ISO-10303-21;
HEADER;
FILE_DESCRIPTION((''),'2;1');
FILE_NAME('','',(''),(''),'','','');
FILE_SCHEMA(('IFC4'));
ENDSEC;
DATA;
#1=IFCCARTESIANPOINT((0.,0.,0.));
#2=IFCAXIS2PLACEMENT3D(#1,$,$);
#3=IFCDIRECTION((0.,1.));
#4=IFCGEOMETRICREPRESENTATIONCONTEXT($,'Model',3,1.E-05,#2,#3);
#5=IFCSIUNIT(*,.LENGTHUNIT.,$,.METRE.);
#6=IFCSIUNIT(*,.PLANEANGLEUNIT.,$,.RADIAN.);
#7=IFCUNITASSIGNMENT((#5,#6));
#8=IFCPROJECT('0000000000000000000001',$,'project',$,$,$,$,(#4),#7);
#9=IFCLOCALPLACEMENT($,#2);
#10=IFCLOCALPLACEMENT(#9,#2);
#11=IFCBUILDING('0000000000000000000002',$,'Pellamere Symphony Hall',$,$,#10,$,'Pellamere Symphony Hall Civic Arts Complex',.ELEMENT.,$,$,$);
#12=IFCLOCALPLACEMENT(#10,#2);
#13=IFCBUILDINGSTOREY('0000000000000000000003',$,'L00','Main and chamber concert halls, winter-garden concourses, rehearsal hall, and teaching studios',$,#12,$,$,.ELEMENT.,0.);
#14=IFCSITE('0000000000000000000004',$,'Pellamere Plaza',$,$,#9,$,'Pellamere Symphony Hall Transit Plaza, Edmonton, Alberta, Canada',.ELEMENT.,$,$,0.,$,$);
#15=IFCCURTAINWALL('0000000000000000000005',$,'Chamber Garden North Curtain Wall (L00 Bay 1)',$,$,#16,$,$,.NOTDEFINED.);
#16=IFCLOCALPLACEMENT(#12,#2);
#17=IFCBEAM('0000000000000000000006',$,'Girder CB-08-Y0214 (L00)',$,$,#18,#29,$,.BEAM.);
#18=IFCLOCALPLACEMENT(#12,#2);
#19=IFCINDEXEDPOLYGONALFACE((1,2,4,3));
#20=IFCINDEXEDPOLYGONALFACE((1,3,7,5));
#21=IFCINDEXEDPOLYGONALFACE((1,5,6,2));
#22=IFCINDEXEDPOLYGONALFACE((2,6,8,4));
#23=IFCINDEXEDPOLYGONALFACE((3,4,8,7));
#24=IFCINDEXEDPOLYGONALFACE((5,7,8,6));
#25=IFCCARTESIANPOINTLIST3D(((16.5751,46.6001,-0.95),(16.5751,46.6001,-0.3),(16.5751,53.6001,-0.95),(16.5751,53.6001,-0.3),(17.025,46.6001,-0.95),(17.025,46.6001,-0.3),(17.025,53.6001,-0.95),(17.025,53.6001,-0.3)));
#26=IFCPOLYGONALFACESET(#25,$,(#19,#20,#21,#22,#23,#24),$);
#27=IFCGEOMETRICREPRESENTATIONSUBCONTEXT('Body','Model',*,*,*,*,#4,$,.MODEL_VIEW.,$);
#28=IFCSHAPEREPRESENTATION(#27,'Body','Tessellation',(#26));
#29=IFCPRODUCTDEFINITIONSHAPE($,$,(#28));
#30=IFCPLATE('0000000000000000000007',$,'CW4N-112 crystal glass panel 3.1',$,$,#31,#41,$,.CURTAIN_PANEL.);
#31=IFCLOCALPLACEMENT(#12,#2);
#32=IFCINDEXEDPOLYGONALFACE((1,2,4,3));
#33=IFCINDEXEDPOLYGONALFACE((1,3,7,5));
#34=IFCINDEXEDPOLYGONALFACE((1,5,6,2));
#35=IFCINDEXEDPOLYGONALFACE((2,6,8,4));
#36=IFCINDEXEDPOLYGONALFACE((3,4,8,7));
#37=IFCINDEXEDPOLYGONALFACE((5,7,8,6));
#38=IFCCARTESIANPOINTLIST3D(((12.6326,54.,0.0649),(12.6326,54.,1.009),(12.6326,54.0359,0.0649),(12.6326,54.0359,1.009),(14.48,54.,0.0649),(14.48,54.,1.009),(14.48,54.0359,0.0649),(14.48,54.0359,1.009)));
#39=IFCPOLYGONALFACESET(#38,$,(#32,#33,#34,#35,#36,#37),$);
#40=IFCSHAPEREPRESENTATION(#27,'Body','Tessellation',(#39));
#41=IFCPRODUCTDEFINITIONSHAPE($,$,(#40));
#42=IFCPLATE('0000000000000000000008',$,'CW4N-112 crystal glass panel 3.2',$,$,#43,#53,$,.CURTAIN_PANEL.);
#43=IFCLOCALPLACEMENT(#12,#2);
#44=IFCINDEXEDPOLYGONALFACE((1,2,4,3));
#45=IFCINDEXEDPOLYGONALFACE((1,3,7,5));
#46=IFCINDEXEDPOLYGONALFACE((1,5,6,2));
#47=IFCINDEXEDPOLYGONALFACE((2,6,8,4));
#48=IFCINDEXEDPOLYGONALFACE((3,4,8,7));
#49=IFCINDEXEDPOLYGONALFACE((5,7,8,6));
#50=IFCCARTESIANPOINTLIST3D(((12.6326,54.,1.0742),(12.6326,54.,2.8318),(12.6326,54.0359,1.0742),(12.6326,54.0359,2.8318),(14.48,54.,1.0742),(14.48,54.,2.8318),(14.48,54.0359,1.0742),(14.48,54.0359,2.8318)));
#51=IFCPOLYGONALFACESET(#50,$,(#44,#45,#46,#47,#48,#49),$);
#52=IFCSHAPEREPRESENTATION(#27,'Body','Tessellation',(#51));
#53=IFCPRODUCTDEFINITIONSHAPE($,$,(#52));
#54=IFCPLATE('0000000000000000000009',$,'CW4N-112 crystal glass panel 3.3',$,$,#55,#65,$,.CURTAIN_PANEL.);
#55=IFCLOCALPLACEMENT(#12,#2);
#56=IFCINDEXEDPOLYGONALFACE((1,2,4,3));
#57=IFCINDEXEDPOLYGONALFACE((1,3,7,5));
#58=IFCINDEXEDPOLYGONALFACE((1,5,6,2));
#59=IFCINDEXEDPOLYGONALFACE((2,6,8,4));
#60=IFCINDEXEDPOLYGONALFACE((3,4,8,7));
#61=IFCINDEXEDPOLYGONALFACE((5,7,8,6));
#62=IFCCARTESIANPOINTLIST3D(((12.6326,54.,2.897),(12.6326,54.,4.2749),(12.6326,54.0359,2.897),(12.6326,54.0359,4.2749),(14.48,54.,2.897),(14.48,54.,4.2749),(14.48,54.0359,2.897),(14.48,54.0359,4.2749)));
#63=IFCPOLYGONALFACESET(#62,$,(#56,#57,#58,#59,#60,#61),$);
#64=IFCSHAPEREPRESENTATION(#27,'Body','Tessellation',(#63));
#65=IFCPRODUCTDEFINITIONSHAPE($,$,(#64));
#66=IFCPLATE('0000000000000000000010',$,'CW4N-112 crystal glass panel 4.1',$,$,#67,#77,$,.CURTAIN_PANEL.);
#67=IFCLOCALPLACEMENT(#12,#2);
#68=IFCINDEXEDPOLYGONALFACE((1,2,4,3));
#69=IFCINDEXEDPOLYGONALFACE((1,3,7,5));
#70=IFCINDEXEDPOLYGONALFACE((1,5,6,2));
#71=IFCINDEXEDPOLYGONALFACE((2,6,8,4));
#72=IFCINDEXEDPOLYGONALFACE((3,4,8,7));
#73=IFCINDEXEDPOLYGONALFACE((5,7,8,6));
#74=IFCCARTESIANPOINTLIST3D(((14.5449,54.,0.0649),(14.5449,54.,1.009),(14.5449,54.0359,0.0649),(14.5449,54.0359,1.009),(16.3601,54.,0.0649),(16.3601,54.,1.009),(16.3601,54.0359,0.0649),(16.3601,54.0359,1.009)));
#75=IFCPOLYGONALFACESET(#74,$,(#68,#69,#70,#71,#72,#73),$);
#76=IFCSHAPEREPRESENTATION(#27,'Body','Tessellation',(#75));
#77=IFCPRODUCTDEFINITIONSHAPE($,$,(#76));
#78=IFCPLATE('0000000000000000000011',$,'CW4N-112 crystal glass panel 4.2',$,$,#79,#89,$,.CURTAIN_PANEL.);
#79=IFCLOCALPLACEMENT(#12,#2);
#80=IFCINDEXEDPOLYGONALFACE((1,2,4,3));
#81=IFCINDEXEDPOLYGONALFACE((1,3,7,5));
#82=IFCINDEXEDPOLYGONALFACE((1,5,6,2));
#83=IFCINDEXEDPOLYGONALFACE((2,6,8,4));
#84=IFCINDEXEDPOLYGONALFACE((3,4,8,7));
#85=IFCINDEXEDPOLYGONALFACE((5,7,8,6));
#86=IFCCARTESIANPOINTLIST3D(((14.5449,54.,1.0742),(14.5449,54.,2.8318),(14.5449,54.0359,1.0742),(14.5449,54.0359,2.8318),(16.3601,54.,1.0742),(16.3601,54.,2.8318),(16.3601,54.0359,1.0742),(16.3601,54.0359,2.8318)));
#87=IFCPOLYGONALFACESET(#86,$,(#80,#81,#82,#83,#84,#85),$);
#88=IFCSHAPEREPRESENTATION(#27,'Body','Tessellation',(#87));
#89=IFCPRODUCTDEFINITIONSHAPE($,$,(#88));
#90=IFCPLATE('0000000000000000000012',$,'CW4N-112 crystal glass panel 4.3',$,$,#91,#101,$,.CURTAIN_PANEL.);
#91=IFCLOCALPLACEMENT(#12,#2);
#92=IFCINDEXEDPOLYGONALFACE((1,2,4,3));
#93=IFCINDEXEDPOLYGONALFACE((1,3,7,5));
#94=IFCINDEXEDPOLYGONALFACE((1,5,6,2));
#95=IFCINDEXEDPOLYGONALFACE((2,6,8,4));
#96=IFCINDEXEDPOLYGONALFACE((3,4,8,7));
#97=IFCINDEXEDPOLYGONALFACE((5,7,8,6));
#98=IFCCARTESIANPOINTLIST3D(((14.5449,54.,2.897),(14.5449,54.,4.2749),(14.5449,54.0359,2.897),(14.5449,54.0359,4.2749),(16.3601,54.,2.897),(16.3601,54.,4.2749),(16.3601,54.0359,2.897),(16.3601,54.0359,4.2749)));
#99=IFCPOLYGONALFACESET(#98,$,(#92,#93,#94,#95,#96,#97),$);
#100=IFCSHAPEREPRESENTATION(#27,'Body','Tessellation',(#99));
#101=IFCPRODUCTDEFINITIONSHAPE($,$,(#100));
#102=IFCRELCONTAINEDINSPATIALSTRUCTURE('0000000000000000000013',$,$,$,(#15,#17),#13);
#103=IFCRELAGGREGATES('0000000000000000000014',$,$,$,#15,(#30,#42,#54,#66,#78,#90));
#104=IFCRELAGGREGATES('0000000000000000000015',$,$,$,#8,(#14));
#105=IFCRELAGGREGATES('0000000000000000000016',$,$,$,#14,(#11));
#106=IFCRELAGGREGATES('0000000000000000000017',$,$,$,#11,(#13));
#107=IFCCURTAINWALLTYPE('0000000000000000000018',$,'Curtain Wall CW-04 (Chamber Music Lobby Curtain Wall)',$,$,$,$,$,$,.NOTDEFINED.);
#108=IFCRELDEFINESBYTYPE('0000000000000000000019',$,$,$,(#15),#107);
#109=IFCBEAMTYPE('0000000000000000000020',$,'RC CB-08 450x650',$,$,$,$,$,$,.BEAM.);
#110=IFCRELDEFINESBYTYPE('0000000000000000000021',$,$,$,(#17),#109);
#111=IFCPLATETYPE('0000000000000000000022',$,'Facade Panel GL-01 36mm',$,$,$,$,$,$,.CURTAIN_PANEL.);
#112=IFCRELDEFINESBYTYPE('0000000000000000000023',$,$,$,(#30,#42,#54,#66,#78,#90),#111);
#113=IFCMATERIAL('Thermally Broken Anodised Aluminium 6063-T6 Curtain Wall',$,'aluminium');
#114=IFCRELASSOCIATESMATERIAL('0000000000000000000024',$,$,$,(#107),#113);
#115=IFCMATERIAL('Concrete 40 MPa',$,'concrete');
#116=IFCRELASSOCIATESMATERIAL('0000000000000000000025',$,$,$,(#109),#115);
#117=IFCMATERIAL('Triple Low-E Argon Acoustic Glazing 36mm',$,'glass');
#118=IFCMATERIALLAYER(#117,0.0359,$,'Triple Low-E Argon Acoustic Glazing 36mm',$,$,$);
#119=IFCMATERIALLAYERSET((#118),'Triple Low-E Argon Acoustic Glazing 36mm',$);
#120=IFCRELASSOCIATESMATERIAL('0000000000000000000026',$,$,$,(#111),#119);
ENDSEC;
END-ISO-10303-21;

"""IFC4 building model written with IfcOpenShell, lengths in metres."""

from ifc_helpers import new_model, si_unit, direction, frame, origin, origin_2d, place, context, subcontext, project, spatial, polyline, rectangle, outline, extrude, material, layer, layer_set, material_profile, profile_set, type_object, element, aggregate, save


model = new_model("IFC4")

# Units and contexts
model_context = context("Model", 3, precision=1e-05, world=origin(), true_north=direction((0.0, 1.0)))
body_context = subcontext(model_context, "Body", "Model", "MODEL_VIEW")
ifc_project = project(units=[si_unit("LENGTHUNIT", "METRE"), si_unit("PLANEANGLEUNIT", "RADIAN")], contexts=[model_context])

# Site, building, storey
site_placement = place(None, origin())
site = spatial("IfcSite", under=ifc_project, at=site_placement, Name="Pellamere Plaza", LongName="Pellamere Symphony Hall Transit Plaza, Edmonton, Alberta, Canada", CompositionType="ELEMENT", RefElevation=0.0)
building_placement = place(site_placement, origin())
building = spatial("IfcBuilding", under=site, at=building_placement, Name="Pellamere Symphony Hall", LongName="Pellamere Symphony Hall Civic Arts Complex", CompositionType="ELEMENT")
storey_placement = place(building_placement, origin())
storey = spatial("IfcBuildingStorey", under=building, at=storey_placement, Name="L00", Description="Main and chamber concert halls, winter-garden concourses, rehearsal hall, and teaching studios", CompositionType="ELEMENT", Elevation=0.0)

# Shared definitions
ifc_material_1 = material(Name="Concrete 40 MPa", Category="concrete")

# Curtain wall
ifc_material_2 = material(Name="Thermally Broken Anodised Aluminium 6063-T6 Curtain Wall", Category="aluminium")
curtain_wall_type = type_object("IfcCurtainWallType", Name="Curtain Wall CW-04 (Chamber Music Lobby Curtain Wall)", PredefinedType="NOTDEFINED", material=ifc_material_2)
curtain_wall_placement = place(storey_placement, origin())
curtain_wall = element("IfcCurtainWall", 1, at=curtain_wall_placement, inside=storey, type_object=curtain_wall_type, Name="Chamber Garden North Curtain Wall (L00 Bay 1)", PredefinedType="NOTDEFINED")

# Beam
ifc_material_profile_1 = material_profile(ifc_material_1, rectangle(XDim=0.45, YDim=0.6499, at=origin_2d()), Name="RC 450x650")
ifc_profile_set_1 = profile_set([ifc_material_profile_1], Name="Concrete 40 MPa")
beam_type = type_object("IfcBeamType", Name="RC CB-08 450x650", PredefinedType="BEAM", material=ifc_profile_set_1)
beam_placement = place(storey_placement, frame((16.8, 46.6001, -0.625), z_axis=(0.0, 1.0, 0.0), x_axis=(-1.0, 0.0, 0.0)))
element("IfcBeam", 2, at=beam_placement, inside=storey, type_object=beam_type, Name="Girder CB-08-Y0214 (L00)", PredefinedType="BEAM", context=body_context, shape_type="SweptSolid", body=[
    extrude(rectangle(XDim=0.45, YDim=0.6499, at=origin_2d()), origin(), (0.0, 0.0, 1.0), 7.0),
])

# Plates
ifc_material_3 = material(Name="Triple Low-E Argon Acoustic Glazing 36mm", Category="glass")
ifc_layer = layer(ifc_material_3, 0.0359, Name="Triple Low-E Argon Acoustic Glazing 36mm")
ifc_layer_set = layer_set([ifc_layer], Name="Triple Low-E Argon Acoustic Glazing 36mm")
plate_type = type_object("IfcPlateType", Name="Facade Panel GL-01 36mm", PredefinedType="CURTAIN_PANEL", material=ifc_layer_set)
plate_1_placement = place(storey_placement, frame((12.6326, 54.0, 0.0649), z_axis=(0.0, -1.0, 0.0), x_axis=(1.0, 0.0, 0.0)))
plate_1 = element("IfcPlate", 3, at=plate_1_placement, type_object=plate_type, Name="CW4N-112 crystal glass panel 3.1", PredefinedType="CURTAIN_PANEL", context=body_context, shape_type="SweptSolid", body=[
    extrude(outline(polyline([(0.0, 0.0), (1.8474, 0.0), (1.8474, 0.9441), (0.0, 0.9441), (0.0, 0.0)])), origin(), (0.0, 0.0, -1.0), 0.0359),
])
plate_2_placement = place(storey_placement, frame((12.6326, 54.0, 1.0742), z_axis=(0.0, -1.0, 0.0), x_axis=(1.0, 0.0, 0.0)))
plate_2 = element("IfcPlate", 4, at=plate_2_placement, type_object=plate_type, Name="CW4N-112 crystal glass panel 3.2", PredefinedType="CURTAIN_PANEL", context=body_context, shape_type="SweptSolid", body=[
    extrude(outline(polyline([(0.0, 0.0), (1.8474, 0.0), (1.8474, 1.7576), (0.0, 1.7576), (0.0, 0.0)])), origin(), (0.0, 0.0, -1.0), 0.0359),
])
plate_3_placement = place(storey_placement, frame((12.6326, 54.0, 2.897), z_axis=(0.0, -1.0, 0.0), x_axis=(1.0, 0.0, 0.0)))
plate_3 = element("IfcPlate", 5, at=plate_3_placement, type_object=plate_type, Name="CW4N-112 crystal glass panel 3.3", PredefinedType="CURTAIN_PANEL", context=body_context, shape_type="SweptSolid", body=[
    extrude(outline(polyline([(0.0, 0.0), (1.8474, 0.0), (1.8474, 1.3779), (0.0, 1.3779), (0.0, 0.0)])), origin(), (0.0, 0.0, -1.0), 0.0359),
])
plate_4_placement = place(storey_placement, frame((14.5449, 54.0, 0.0649), z_axis=(0.0, -1.0, 0.0), x_axis=(1.0, 0.0, 0.0)))
plate_4 = element("IfcPlate", 6, at=plate_4_placement, type_object=plate_type, Name="CW4N-112 crystal glass panel 4.1", PredefinedType="CURTAIN_PANEL", context=body_context, shape_type="SweptSolid", body=[
    extrude(outline(polyline([(0.0, 0.0), (1.8152, 0.0), (1.8152, 0.9441), (0.0, 0.9441), (0.0, 0.0)])), origin(), (0.0, 0.0, -1.0), 0.0359),
])
plate_5_placement = place(storey_placement, frame((14.5449, 54.0, 1.0742), z_axis=(0.0, -1.0, 0.0), x_axis=(1.0, 0.0, 0.0)))
plate_5 = element("IfcPlate", 7, at=plate_5_placement, type_object=plate_type, Name="CW4N-112 crystal glass panel 4.2", PredefinedType="CURTAIN_PANEL", context=body_context, shape_type="SweptSolid", body=[
    extrude(outline(polyline([(0.0, 0.0), (1.8152, 0.0), (1.8152, 1.7576), (0.0, 1.7576), (0.0, 0.0)])), origin(), (0.0, 0.0, -1.0), 0.0359),
])
plate_6_placement = place(storey_placement, frame((14.5449, 54.0, 2.897), z_axis=(0.0, -1.0, 0.0), x_axis=(1.0, 0.0, 0.0)))
plate_6 = element("IfcPlate", 8, at=plate_6_placement, type_object=plate_type, Name="CW4N-112 crystal glass panel 4.3", PredefinedType="CURTAIN_PANEL", context=body_context, shape_type="SweptSolid", body=[
    extrude(outline(polyline([(0.0, 0.0), (1.8152, 0.0), (1.8152, 1.3779), (0.0, 1.3779), (0.0, 0.0)])), origin(), (0.0, 0.0, -1.0), 0.0359),
])
aggregate(curtain_wall, [plate_1, plate_2, plate_3, plate_4, plate_5, plate_6])

save(model, "model.ifc")
